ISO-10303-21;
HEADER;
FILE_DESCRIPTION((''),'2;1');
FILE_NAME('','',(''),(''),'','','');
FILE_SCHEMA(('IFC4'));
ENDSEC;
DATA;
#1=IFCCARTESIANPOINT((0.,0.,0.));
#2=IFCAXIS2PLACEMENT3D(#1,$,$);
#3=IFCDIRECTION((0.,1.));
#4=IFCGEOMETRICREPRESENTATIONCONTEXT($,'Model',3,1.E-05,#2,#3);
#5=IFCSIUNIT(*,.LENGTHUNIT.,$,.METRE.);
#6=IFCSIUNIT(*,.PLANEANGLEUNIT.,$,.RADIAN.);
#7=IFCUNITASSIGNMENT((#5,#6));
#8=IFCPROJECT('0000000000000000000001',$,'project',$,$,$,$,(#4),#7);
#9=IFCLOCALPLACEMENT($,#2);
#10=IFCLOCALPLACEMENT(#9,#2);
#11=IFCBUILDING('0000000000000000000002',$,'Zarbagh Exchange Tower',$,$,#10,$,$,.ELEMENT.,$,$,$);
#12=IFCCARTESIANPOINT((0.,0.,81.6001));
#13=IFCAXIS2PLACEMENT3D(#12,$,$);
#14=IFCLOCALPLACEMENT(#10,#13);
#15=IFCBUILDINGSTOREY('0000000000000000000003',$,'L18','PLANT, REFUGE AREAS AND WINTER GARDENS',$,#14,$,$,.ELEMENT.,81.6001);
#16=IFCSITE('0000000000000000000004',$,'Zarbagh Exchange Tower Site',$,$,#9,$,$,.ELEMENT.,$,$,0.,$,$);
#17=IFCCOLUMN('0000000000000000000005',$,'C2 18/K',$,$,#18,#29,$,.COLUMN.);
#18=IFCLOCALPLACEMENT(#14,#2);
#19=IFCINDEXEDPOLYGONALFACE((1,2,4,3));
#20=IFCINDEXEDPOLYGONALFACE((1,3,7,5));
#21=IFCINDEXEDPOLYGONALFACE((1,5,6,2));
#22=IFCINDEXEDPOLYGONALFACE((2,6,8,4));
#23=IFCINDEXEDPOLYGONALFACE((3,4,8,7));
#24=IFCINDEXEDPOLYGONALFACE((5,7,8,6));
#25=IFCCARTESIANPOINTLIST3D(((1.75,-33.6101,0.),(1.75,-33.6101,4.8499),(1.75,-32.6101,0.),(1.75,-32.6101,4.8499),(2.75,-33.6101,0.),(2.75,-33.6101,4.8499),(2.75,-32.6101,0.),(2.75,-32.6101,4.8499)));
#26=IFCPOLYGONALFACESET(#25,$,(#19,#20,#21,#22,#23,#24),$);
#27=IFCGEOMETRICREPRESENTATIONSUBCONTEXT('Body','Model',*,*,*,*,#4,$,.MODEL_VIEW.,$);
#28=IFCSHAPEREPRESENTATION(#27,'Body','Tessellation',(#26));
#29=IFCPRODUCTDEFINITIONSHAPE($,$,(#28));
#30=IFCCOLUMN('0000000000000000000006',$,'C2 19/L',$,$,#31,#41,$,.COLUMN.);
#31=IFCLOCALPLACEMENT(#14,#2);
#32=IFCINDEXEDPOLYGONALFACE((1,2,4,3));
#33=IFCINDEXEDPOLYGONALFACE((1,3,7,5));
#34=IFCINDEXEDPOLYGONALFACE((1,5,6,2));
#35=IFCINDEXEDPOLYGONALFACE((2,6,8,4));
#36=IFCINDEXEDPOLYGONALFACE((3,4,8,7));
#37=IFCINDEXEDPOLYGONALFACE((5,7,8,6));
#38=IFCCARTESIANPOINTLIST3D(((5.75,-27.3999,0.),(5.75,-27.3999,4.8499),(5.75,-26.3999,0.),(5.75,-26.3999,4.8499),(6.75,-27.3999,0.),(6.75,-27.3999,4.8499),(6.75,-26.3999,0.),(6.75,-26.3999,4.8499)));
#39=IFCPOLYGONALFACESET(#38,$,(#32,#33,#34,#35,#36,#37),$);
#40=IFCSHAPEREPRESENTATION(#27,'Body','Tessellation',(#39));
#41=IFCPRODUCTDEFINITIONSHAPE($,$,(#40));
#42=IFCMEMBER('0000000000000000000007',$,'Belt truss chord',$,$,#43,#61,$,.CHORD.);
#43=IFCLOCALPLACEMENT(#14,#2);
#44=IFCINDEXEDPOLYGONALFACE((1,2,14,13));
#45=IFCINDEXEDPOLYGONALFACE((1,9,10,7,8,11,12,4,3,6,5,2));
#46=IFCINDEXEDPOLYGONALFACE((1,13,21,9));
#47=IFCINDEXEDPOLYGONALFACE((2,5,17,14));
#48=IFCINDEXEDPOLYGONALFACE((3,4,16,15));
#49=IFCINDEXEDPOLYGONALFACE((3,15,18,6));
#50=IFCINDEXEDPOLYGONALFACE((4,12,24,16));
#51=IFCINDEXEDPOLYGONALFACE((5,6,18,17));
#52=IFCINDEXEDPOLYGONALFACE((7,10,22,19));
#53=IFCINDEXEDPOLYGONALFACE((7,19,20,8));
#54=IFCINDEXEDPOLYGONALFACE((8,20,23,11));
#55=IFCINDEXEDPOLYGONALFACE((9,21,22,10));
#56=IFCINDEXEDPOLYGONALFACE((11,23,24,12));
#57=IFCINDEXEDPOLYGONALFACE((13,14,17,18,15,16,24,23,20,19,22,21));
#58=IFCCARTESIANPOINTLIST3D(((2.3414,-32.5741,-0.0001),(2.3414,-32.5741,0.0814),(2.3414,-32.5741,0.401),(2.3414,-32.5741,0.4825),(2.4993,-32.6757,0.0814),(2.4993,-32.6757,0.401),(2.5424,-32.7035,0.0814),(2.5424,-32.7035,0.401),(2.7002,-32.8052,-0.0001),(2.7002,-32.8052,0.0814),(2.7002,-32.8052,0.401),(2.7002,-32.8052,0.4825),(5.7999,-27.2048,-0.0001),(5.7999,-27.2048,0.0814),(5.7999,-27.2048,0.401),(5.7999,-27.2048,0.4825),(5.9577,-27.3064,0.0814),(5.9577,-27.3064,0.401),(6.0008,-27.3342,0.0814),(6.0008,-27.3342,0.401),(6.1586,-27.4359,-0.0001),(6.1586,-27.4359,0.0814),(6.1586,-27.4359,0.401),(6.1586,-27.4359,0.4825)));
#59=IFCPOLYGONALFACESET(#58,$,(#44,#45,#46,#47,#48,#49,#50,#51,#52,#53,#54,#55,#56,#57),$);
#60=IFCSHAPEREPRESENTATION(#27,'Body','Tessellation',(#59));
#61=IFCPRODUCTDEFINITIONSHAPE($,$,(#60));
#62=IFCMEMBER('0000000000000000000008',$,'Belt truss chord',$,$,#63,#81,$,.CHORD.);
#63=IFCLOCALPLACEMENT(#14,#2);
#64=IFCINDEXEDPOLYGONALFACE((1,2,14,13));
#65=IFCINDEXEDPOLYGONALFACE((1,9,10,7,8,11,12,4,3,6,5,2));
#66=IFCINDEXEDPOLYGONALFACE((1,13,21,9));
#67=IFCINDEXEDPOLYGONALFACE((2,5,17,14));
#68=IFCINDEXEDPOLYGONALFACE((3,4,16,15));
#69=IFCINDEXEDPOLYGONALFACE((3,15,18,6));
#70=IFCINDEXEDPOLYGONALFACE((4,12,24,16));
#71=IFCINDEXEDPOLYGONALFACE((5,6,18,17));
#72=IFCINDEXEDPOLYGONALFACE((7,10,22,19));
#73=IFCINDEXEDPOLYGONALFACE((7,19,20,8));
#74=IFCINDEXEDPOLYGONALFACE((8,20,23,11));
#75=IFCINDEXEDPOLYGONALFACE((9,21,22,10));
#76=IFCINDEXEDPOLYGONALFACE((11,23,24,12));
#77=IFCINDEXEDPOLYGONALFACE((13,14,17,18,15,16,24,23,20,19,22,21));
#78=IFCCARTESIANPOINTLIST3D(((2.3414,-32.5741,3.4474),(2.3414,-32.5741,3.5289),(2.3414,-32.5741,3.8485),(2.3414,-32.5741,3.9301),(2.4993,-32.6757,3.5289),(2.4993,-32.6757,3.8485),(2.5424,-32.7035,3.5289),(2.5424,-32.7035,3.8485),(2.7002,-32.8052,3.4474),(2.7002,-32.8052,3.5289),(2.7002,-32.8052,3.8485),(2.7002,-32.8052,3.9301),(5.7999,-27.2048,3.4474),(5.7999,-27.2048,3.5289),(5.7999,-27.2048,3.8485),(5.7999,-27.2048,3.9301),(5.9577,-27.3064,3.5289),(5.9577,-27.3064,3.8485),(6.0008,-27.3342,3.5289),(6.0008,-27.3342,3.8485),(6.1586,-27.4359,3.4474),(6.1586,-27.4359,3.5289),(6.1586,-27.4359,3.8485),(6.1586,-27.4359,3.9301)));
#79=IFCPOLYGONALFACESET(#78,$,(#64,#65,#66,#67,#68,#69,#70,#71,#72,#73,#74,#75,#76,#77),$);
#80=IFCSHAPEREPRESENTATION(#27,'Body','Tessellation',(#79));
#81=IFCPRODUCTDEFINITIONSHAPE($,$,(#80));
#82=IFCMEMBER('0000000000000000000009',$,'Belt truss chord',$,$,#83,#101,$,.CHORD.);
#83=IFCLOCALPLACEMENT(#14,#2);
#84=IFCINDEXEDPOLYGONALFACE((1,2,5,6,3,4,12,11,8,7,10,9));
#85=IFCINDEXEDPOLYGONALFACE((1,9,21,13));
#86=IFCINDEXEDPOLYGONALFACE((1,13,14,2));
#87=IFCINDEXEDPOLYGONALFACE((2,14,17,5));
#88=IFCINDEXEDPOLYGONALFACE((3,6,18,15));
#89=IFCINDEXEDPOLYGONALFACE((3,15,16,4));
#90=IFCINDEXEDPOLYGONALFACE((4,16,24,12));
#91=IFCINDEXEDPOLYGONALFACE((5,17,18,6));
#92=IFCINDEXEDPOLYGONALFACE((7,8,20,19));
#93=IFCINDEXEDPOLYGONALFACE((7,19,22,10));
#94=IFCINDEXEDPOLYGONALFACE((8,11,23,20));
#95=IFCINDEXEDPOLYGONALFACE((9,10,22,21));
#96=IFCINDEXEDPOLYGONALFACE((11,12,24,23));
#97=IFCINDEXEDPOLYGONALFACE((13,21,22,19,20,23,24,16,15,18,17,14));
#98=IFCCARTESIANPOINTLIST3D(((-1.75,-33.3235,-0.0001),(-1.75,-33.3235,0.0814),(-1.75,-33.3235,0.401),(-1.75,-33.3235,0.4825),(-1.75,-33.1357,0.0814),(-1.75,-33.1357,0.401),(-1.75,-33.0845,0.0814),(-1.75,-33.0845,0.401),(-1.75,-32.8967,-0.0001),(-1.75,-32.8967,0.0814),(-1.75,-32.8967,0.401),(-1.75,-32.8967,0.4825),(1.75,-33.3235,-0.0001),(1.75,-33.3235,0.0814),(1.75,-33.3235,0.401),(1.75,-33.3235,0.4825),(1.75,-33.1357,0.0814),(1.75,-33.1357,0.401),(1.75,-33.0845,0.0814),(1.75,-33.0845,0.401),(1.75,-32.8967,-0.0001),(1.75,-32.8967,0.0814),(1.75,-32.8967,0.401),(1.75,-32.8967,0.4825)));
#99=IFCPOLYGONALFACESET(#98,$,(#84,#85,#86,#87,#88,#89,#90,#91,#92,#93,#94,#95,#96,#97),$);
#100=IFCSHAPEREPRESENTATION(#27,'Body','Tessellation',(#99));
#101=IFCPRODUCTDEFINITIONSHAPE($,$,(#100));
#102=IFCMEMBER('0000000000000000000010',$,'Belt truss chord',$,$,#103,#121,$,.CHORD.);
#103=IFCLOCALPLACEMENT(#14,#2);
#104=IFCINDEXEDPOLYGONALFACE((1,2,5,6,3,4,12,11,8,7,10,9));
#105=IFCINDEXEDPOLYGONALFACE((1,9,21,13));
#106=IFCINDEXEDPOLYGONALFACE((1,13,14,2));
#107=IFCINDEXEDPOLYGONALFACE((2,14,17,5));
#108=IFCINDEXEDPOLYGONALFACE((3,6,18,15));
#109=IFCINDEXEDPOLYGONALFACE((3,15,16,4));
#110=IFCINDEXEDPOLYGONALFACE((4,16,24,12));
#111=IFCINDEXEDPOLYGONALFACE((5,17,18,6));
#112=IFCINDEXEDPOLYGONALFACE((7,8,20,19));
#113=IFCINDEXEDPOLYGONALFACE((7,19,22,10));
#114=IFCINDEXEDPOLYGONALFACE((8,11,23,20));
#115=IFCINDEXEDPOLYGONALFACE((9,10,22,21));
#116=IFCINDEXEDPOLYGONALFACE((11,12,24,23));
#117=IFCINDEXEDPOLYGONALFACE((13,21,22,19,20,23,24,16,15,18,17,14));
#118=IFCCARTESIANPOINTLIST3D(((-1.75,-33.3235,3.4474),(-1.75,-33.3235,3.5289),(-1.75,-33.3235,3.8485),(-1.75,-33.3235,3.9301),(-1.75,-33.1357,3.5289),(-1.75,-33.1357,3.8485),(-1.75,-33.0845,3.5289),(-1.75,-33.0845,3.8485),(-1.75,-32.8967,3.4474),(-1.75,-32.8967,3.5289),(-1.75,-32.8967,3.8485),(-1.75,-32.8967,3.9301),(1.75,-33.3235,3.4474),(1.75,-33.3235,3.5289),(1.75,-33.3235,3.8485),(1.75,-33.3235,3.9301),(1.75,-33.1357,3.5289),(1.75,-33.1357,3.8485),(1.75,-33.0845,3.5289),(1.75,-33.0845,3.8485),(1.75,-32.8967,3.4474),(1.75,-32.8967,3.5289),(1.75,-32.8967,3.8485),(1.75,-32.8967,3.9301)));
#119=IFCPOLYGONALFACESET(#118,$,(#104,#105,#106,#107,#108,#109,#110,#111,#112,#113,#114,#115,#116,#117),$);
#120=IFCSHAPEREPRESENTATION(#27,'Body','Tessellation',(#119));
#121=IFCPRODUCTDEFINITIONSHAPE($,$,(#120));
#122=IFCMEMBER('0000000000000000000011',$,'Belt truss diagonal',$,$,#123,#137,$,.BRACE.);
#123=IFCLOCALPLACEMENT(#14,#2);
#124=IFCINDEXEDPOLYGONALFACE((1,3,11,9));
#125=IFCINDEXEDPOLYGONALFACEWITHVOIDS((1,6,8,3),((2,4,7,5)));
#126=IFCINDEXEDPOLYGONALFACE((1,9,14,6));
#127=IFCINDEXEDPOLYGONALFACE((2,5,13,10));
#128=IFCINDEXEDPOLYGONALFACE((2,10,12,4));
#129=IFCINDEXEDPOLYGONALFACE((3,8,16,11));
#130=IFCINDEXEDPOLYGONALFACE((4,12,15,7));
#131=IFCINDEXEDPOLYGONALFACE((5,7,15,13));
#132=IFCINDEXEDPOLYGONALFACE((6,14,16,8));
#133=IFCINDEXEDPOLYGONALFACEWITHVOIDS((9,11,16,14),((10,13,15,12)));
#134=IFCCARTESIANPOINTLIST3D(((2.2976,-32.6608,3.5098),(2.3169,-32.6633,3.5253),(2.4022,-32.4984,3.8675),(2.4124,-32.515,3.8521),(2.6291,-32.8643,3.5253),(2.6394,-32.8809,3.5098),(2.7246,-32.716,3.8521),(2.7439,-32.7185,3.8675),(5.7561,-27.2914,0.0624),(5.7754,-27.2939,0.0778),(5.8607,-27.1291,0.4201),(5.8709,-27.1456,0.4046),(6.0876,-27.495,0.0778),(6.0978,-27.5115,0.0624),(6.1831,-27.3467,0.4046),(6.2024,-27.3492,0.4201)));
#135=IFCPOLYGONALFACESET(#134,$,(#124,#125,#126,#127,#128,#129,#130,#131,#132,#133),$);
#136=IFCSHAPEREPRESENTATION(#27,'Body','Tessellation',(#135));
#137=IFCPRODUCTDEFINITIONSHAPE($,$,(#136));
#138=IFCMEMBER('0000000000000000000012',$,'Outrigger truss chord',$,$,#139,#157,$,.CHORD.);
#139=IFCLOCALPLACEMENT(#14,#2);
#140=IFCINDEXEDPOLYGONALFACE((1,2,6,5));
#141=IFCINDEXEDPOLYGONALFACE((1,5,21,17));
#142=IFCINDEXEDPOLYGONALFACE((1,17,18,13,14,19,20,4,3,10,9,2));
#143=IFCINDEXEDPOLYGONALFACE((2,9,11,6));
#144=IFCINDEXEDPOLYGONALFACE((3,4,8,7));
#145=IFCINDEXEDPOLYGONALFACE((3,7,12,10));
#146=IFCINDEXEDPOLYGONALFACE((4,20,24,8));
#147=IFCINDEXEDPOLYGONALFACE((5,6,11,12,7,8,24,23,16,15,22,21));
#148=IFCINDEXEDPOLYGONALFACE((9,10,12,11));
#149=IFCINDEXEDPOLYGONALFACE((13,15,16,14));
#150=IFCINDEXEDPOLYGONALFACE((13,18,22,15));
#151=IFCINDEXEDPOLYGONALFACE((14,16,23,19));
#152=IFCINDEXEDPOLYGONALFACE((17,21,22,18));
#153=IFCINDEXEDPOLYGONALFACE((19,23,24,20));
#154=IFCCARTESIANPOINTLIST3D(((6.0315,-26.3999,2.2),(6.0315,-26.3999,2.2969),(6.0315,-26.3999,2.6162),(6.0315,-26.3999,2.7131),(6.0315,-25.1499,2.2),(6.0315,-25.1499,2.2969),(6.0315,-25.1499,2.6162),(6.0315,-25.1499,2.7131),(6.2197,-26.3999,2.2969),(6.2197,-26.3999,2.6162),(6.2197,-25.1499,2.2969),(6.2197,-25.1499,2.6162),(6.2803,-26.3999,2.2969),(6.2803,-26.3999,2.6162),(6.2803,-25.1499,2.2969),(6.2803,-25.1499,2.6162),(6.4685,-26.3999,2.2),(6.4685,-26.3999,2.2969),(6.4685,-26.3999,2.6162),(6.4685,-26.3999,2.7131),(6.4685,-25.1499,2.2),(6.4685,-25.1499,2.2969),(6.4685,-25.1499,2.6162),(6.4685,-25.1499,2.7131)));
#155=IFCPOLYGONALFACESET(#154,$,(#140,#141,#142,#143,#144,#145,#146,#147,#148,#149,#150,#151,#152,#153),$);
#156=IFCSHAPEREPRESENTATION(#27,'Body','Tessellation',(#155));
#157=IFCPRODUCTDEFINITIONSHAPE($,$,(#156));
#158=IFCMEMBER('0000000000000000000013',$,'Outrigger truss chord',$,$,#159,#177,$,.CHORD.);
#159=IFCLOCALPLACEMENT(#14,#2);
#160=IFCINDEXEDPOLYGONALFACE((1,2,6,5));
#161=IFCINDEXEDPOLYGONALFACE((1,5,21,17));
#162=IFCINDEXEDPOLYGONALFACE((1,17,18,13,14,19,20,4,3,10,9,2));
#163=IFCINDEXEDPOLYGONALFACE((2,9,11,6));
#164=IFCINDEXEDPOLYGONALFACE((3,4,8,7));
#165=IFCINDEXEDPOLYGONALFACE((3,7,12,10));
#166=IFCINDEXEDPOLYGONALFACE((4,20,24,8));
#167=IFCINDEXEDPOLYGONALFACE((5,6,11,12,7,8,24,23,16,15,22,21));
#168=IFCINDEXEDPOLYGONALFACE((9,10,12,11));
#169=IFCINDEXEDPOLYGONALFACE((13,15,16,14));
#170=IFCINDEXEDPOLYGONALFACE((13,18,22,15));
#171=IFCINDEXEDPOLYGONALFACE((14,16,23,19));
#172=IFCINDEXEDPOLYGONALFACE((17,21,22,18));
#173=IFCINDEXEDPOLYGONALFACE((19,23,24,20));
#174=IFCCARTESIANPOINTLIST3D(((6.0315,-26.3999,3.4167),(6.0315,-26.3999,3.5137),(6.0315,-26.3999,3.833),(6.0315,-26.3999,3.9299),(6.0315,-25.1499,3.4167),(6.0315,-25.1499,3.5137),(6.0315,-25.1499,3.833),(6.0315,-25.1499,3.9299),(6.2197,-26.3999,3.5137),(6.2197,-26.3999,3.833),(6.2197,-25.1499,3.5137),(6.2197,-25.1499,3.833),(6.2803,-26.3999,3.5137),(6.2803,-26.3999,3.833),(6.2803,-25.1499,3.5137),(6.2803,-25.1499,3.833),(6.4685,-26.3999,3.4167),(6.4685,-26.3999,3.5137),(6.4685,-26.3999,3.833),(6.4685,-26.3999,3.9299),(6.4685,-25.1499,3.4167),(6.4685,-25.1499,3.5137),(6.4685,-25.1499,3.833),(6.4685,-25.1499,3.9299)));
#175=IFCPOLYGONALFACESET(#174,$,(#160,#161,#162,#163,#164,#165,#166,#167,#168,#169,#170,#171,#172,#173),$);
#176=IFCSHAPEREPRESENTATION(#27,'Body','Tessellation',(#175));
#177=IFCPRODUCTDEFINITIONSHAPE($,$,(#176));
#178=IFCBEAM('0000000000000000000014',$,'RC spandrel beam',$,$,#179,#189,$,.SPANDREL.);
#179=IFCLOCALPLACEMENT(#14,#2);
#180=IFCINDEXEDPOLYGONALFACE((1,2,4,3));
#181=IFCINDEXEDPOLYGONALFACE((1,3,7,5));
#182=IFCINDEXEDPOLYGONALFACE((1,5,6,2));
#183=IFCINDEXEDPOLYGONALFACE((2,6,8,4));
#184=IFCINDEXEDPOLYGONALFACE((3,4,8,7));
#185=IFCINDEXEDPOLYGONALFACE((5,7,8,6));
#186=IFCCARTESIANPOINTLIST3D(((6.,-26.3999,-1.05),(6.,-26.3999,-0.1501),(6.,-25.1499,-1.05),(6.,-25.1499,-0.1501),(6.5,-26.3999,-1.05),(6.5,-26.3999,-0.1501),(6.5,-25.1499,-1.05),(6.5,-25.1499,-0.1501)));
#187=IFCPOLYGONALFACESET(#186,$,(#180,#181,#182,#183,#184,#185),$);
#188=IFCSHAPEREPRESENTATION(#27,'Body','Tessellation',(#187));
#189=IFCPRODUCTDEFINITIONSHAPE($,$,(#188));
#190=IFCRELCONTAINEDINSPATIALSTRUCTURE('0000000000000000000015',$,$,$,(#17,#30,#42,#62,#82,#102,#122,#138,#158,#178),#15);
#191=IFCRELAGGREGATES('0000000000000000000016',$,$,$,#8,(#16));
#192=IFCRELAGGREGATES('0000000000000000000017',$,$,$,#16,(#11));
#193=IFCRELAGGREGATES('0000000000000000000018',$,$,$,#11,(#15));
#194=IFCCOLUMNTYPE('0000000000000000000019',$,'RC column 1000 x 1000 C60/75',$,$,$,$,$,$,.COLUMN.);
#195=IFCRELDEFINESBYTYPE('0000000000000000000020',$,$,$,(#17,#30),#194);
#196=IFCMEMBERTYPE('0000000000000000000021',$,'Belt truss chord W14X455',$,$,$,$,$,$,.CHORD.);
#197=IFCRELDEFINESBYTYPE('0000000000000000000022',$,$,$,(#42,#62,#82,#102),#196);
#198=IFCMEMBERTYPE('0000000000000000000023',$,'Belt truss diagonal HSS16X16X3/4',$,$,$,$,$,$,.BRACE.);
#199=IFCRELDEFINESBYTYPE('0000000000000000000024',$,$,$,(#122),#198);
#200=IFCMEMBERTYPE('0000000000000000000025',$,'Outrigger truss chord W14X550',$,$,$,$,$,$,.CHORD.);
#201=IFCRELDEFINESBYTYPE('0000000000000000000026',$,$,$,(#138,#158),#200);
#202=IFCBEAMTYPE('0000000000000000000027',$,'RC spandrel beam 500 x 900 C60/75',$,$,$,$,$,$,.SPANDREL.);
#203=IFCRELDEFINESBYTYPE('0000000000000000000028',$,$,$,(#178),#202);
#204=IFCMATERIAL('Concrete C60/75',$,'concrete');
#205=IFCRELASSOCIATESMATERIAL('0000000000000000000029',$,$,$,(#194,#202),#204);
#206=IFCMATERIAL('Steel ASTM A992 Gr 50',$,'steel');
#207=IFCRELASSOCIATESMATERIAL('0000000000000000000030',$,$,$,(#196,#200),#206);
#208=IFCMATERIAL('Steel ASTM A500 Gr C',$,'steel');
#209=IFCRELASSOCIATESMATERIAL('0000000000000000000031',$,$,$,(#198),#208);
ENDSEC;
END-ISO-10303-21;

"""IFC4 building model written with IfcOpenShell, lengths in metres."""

from ifc_helpers import new_model, si_unit, direction, frame, origin, origin_2d, place, context, subcontext, project, spatial, rectangle, hollow_rectangle, i_section, extrude, material, material_profile, profile_set, type_object, element, save


model = new_model("IFC4")

# Units and contexts
model_context = context("Model", 3, precision=1e-05, world=origin(), true_north=direction((0.0, 1.0)))
body_context = subcontext(model_context, "Body", "Model", "MODEL_VIEW")
ifc_project = project(units=[si_unit("LENGTHUNIT", "METRE"), si_unit("PLANEANGLEUNIT", "RADIAN")], contexts=[model_context])

# Site, building, storey
site_placement = place(None, origin())
site = spatial("IfcSite", under=ifc_project, at=site_placement, Name="Zarbagh Exchange Tower Site", CompositionType="ELEMENT", RefElevation=0.0)
building_placement = place(site_placement, origin())
building = spatial("IfcBuilding", under=site, at=building_placement, Name="Zarbagh Exchange Tower", CompositionType="ELEMENT")
storey_placement = place(building_placement, frame((0.0, 0.0, 81.6001)))
storey = spatial("IfcBuildingStorey", under=building, at=storey_placement, Name="L18", Description="PLANT, REFUGE AREAS AND WINTER GARDENS", CompositionType="ELEMENT", Elevation=81.6001)

# Columns
ifc_material_1 = material(Name="Concrete C60/75", Category="concrete")
ifc_material_profile_1 = material_profile(ifc_material_1, rectangle(XDim=1.0, YDim=1.0, at=origin_2d()), Name="RC column 1000 x 1000 C60/75")
ifc_profile_set_1 = profile_set([ifc_material_profile_1], Name="Concrete C60/75")
column_type = type_object("IfcColumnType", Name="RC column 1000 x 1000 C60/75", PredefinedType="COLUMN", material=ifc_profile_set_1)
for number, where, z_axis, x_axis, name in (
    (1, (2.25, -33.1101, 0.0), (0.0, 0.0, 1.0), (1.0, 0.0, 0.0), "C2 18/K"),
    (2, (6.25, -26.8999, 0.0), (0.0, 0.0, 1.0), (1.0, 0.0, 0.0), "C2 19/L"),
):
    element("IfcColumn", number, at=place(storey_placement, frame(where, z_axis=z_axis, x_axis=x_axis)), inside=storey, type_object=column_type, Name=name, PredefinedType="COLUMN", context=body_context, shape_type="SweptSolid", body=[
        extrude(rectangle(XDim=1.0, YDim=1.0, at=origin_2d()), origin(), (0.0, 0.0, 1.0), 4.8499),
    ])

# Members
ifc_material_2 = material(Name="Steel ASTM A992 Gr 50", Category="steel")
ifc_material_profile_2 = material_profile(ifc_material_2, i_section(OverallWidth=0.4268, OverallDepth=0.4827, WebThickness=0.0513, FlangeThickness=0.0815, at=origin_2d()), Name="W14X455")
ifc_profile_set_2 = profile_set([ifc_material_profile_2], Name="Steel ASTM A992 Gr 50")
member_type_1 = type_object("IfcMemberType", Name="Belt truss chord W14X455", PredefinedType="CHORD", material=ifc_profile_set_2)
for number, where, z_axis, x_axis, name in (
    (3, (5.9792, -27.3203, 0.2412), (-0.541505, -0.840697, 0.0), (0.840697, -0.541505, 0.0), "Belt truss chord"),
    (4, (5.9792, -27.3203, 3.6887), (-0.541505, -0.840697, 0.0), (0.840697, -0.541505, 0.0), "Belt truss chord"),
):
    element("IfcMember", number, at=place(storey_placement, frame(where, z_axis=z_axis, x_axis=x_axis)), inside=storey, type_object=member_type_1, Name=name, PredefinedType="CHORD", context=body_context, shape_type="SweptSolid", body=[
        extrude(i_section(OverallWidth=0.4268, OverallDepth=0.4827, WebThickness=0.0513, FlangeThickness=0.0815, at=origin_2d()), origin(), (0.0, 0.0, 1.0), 6.3867),
    ])
for number, where, z_axis, x_axis, name in (
    (5, (1.75, -33.1101, 0.2412), (-1.0, 0.0, 0.0), (0.0, -1.0, 0.0), "Belt truss chord"),
    (6, (1.75, -33.1101, 3.6887), (-1.0, 0.0, 0.0), (0.0, -1.0, 0.0), "Belt truss chord"),
):
    element("IfcMember", number, at=place(storey_placement, frame(where, z_axis=z_axis, x_axis=x_axis)), inside=storey, type_object=member_type_1, Name=name, PredefinedType="CHORD", context=body_context, shape_type="SweptSolid", body=[
        extrude(i_section(OverallWidth=0.4268, OverallDepth=0.4827, WebThickness=0.0513, FlangeThickness=0.0815, at=origin_2d()), origin(), (0.0, 0.0, 1.0), 3.5),
    ])
ifc_material_3 = material(Name="Steel ASTM A500 Gr C", Category="steel")
ifc_material_profile_3 = material_profile(ifc_material_3, hollow_rectangle(XDim=0.4065, YDim=0.4065, WallThickness=0.0176, at=origin_2d()), Name="HSS16X16X3/4")
ifc_profile_set_3 = profile_set([ifc_material_profile_3], Name="Steel ASTM A500 Gr C")
member_type_2 = type_object("IfcMemberType", Name="Belt truss diagonal HSS16X16X3/4", PredefinedType="BRACE", material=ifc_profile_set_3)
member_placement = place(storey_placement, frame((5.9792, -27.3203, 0.2412), z_axis=(-0.476516, -0.739801, 0.475002), x_axis=(0.840697, -0.541505, 0.0)))
element("IfcMember", 7, at=member_placement, inside=storey, type_object=member_type_2, Name="Belt truss diagonal", PredefinedType="BRACE", context=body_context, shape_type="SweptSolid", body=[
    extrude(hollow_rectangle(XDim=0.4065, YDim=0.4065, WallThickness=0.0176, at=origin_2d()), origin(), (0.0, 0.0, 1.0), 7.2578),
])
ifc_material_profile_4 = material_profile(ifc_material_2, i_section(OverallWidth=0.437, OverallDepth=0.5132, WebThickness=0.0605, FlangeThickness=0.0969, at=origin_2d()), Name="W14X550")
ifc_profile_set_4 = profile_set([ifc_material_profile_4], Name="Steel ASTM A992 Gr 50")
member_type_3 = type_object("IfcMemberType", Name="Outrigger truss chord W14X550", PredefinedType="CHORD", material=ifc_profile_set_4)
for number, where, z_axis, x_axis, name in (
    (8, (6.25, -25.1499, 2.4565), (0.0, -1.0, 0.0), (1.0, 0.0, 0.0), "Outrigger truss chord"),
    (9, (6.25, -25.1499, 3.6733), (0.0, -1.0, 0.0), (1.0, 0.0, 0.0), "Outrigger truss chord"),
):
    element("IfcMember", number, at=place(storey_placement, frame(where, z_axis=z_axis, x_axis=x_axis)), inside=storey, type_object=member_type_3, Name=name, PredefinedType="CHORD", context=body_context, shape_type="SweptSolid", body=[
        extrude(i_section(OverallWidth=0.437, OverallDepth=0.5132, WebThickness=0.0605, FlangeThickness=0.0969, at=origin_2d()), origin(), (0.0, 0.0, 1.0), 1.25),
    ])

# Beam
ifc_material_profile_5 = material_profile(ifc_material_1, rectangle(XDim=0.5, YDim=0.8999, at=origin_2d()), Name="RC spandrel beam 500 x 900 C60/75")
ifc_profile_set_5 = profile_set([ifc_material_profile_5], Name="Concrete C60/75")
beam_type = type_object("IfcBeamType", Name="RC spandrel beam 500 x 900 C60/75", PredefinedType="SPANDREL", material=ifc_profile_set_5)
beam_1_placement = place(storey_placement, frame((6.25, -25.1499, -0.6001), z_axis=(0.0, -1.0, 0.0), x_axis=(1.0, 0.0, 0.0)))
element("IfcBeam", 10, at=beam_1_placement, inside=storey, type_object=beam_type, Name="RC spandrel beam", PredefinedType="SPANDREL", context=body_context, shape_type="SweptSolid", body=[
    extrude(rectangle(XDim=0.5, YDim=0.8999, at=origin_2d()), origin(), (0.0, 0.0, 1.0), 1.25),
])

save(model, "model.ifc")
